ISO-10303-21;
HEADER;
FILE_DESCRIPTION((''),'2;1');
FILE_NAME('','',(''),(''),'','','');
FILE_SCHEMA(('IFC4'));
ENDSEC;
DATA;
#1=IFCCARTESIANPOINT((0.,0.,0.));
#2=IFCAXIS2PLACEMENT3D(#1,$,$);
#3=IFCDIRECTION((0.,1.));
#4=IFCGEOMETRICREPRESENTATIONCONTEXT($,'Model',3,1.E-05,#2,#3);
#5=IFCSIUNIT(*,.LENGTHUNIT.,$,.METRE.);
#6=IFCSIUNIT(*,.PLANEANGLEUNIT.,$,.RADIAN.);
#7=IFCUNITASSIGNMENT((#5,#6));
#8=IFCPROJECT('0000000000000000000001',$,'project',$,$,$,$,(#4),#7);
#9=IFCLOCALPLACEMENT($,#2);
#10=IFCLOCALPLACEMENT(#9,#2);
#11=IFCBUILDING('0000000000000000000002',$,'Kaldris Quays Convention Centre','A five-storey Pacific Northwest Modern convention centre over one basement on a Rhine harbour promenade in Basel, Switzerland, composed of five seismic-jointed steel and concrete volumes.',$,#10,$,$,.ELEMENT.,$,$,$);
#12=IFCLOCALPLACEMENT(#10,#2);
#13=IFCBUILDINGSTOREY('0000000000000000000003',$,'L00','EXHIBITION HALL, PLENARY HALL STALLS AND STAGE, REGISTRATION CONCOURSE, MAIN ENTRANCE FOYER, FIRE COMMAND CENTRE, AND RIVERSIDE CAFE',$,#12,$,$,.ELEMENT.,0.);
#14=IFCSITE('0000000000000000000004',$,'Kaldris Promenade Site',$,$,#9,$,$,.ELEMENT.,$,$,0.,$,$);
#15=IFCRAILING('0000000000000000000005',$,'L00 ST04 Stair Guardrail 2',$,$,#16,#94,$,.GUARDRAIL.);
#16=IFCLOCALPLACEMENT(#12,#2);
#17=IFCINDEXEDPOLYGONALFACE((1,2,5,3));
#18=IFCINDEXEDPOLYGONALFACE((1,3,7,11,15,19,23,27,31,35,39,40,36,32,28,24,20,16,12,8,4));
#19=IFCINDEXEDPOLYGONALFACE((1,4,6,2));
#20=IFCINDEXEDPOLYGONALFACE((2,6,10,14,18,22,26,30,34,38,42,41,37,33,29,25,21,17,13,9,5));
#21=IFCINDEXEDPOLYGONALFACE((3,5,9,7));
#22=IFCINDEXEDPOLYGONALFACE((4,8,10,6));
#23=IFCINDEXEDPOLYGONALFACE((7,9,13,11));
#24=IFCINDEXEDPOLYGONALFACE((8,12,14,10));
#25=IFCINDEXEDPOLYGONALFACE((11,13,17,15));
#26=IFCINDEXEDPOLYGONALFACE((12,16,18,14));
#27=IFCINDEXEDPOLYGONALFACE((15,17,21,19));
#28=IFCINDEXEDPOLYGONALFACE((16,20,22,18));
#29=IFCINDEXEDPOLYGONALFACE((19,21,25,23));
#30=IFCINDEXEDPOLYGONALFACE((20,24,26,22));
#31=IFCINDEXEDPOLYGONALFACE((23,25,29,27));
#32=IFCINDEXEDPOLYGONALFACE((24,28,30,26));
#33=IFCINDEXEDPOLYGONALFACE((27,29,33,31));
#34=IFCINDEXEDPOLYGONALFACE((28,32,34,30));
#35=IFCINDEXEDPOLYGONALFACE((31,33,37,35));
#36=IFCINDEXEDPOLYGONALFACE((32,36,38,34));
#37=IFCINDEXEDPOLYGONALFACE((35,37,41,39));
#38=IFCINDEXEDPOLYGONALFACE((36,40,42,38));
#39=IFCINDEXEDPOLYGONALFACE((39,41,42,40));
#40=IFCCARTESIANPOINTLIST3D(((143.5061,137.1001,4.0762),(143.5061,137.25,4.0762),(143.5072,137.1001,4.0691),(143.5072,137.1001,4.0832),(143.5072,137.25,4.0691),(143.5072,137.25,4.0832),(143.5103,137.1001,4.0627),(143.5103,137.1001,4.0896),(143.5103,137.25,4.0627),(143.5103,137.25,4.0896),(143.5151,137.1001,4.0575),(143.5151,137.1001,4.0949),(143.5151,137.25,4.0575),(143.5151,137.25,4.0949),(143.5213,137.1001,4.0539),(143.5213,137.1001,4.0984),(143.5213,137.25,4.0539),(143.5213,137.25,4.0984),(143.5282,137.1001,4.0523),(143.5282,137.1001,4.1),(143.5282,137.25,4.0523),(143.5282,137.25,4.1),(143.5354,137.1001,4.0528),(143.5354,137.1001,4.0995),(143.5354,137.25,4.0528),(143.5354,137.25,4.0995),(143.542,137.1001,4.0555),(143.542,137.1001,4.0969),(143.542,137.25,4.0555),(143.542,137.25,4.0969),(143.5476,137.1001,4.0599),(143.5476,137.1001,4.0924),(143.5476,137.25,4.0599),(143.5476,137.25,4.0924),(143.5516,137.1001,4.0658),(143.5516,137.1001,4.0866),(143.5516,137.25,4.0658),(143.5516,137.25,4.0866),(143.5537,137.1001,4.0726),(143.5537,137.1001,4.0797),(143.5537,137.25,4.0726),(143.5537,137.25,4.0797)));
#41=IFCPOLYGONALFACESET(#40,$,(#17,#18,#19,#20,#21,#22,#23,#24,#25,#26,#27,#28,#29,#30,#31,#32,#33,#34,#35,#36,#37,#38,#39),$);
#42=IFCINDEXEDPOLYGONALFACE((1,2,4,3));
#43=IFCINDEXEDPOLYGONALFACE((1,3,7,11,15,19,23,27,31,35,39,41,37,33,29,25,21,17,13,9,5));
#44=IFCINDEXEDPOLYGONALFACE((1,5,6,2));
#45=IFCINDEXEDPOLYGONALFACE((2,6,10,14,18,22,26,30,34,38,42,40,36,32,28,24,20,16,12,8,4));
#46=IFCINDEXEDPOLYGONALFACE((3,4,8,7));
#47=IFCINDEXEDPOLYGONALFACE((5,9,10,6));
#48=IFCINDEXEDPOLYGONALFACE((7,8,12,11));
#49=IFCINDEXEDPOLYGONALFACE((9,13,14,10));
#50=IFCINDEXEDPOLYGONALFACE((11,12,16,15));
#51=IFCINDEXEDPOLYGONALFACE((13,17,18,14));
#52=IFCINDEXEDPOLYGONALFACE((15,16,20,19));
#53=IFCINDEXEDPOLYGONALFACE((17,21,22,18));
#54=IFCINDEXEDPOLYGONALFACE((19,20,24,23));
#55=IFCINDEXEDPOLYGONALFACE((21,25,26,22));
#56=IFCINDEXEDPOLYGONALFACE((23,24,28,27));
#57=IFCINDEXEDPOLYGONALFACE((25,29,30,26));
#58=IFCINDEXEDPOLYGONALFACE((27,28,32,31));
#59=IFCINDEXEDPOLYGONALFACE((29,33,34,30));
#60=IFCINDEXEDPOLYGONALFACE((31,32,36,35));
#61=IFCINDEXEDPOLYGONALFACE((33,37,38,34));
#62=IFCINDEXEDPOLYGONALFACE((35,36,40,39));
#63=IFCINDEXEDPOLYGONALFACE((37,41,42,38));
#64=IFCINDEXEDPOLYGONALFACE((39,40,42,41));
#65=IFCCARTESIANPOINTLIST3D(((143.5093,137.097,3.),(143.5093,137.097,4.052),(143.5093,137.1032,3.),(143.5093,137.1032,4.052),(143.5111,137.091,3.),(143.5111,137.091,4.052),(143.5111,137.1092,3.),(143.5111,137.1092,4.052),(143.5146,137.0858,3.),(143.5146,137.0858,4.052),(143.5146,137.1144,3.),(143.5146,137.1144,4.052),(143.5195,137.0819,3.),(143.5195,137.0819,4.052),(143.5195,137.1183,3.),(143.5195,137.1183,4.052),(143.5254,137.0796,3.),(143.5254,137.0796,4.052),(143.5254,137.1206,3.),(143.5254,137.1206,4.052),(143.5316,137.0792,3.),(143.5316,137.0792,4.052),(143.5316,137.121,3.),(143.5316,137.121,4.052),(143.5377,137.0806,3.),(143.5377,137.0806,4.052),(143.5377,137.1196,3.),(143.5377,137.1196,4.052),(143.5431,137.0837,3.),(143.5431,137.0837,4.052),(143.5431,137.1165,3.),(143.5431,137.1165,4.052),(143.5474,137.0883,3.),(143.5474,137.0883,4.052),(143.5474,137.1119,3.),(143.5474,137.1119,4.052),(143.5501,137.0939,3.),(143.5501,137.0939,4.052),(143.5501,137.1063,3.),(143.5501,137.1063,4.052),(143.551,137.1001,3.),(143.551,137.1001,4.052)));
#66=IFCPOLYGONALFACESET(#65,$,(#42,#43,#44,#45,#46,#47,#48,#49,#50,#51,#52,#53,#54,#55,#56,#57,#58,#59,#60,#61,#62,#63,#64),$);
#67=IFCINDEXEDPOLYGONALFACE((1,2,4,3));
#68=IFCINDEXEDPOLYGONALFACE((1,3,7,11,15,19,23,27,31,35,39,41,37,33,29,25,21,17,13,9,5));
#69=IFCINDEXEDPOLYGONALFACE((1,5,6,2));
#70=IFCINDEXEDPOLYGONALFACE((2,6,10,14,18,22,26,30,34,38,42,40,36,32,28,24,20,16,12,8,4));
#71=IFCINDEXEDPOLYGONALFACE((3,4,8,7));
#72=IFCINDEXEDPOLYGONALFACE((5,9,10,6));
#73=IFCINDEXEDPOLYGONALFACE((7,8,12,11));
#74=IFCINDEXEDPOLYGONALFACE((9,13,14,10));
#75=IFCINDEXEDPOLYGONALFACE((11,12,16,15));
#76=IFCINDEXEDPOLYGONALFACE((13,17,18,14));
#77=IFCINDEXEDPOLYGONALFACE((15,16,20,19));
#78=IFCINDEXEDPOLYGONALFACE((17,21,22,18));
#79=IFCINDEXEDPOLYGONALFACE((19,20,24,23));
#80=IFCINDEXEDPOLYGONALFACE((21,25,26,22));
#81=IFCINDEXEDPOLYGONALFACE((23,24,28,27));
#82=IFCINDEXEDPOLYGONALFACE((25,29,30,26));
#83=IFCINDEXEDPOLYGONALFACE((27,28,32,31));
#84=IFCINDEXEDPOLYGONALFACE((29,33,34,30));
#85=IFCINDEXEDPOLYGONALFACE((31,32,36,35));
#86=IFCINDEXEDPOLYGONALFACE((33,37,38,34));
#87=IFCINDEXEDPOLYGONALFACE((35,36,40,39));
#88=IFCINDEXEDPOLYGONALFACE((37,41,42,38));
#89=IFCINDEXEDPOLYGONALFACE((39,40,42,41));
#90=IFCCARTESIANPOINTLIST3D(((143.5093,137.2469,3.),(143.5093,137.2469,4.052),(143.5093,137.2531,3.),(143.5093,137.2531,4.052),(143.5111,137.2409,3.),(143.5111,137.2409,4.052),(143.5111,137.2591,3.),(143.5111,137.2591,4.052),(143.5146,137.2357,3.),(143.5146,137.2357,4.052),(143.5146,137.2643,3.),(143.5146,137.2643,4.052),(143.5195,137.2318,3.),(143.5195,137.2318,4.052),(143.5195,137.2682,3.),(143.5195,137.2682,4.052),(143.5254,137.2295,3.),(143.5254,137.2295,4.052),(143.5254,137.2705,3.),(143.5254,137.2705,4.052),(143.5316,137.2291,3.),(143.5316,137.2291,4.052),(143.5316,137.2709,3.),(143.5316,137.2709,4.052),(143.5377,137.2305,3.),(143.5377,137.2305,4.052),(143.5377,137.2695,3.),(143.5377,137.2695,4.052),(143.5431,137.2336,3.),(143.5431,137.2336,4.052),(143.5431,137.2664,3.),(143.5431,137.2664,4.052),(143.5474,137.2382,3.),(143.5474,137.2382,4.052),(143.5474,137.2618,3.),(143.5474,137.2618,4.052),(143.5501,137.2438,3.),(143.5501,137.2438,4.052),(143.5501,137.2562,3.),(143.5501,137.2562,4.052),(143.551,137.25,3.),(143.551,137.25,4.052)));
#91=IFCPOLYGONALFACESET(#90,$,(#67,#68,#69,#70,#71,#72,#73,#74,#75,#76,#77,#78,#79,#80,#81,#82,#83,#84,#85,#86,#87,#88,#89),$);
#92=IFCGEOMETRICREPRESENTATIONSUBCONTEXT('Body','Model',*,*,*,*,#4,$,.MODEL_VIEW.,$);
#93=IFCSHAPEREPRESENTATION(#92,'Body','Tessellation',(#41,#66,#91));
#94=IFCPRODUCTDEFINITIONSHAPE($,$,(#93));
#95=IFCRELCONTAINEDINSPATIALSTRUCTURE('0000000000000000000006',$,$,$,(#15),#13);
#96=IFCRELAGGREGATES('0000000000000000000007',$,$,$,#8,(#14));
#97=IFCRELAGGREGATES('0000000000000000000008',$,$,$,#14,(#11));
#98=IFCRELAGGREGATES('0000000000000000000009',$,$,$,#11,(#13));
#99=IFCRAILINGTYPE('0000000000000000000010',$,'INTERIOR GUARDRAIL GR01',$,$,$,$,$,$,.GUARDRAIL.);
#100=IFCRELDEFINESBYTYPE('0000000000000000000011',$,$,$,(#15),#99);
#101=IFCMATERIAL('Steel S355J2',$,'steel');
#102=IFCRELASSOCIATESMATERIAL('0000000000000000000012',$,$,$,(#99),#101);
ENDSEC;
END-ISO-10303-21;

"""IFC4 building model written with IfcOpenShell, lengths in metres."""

from ifc_helpers import new_model, si_unit, direction, frame, origin, origin_2d, place, context, subcontext, project, spatial, circle, extrude, material, type_object, element, save


model = new_model("IFC4")

# Units and contexts
model_context = context("Model", 3, precision=1e-05, world=origin(), true_north=direction((0.0, 1.0)))
body_context = subcontext(model_context, "Body", "Model", "MODEL_VIEW")
ifc_project = project(units=[si_unit("LENGTHUNIT", "METRE"), si_unit("PLANEANGLEUNIT", "RADIAN")], contexts=[model_context])

# Site, building, storey
site_placement = place(None, origin())
site = spatial("IfcSite", under=ifc_project, at=site_placement, Name="Kaldris Promenade Site", CompositionType="ELEMENT", RefElevation=0.0)
building_placement = place(site_placement, origin())
building = spatial("IfcBuilding", under=site, at=building_placement, Name="Kaldris Quays Convention Centre", Description="A five-storey Pacific Northwest Modern convention centre over one basement on a Rhine harbour promenade in Basel, Switzerland, composed of five seismic-jointed steel and concrete volumes.", CompositionType="ELEMENT")
storey_placement = place(building_placement, origin())
storey = spatial("IfcBuildingStorey", under=building, at=storey_placement, Name="L00", Description="EXHIBITION HALL, PLENARY HALL STALLS AND STAGE, REGISTRATION CONCOURSE, MAIN ENTRANCE FOYER, FIRE COMMAND CENTRE, AND RIVERSIDE CAFE", CompositionType="ELEMENT", Elevation=0.0)

# Shared definitions
ifc_material_1 = material(Name="Steel S355J2", Category="steel")

# Railing
railing_type_1 = type_object("IfcRailingType", Name="INTERIOR GUARDRAIL GR01", PredefinedType="GUARDRAIL", material=ifc_material_1)
railing_1_placement = place(storey_placement, frame((143.53, 137.1001, 3.0)))
element("IfcRailing", 1, at=railing_1_placement, inside=storey, type_object=railing_type_1, Name="L00 ST04 Stair Guardrail 2", PredefinedType="GUARDRAIL", context=body_context, shape_type="SweptSolid", body=[
    extrude(circle(Radius=0.0239, at=origin_2d()), frame((0.0, 0.0, 1.0762), z_axis=(0.0, 1.0, 0.0), x_axis=(-1.0, 0.0, 0.0)), (0.0, 0.0, 1.0), 0.1499),
    extrude(circle(Radius=0.021, at=origin_2d()), origin(), (0.0, 0.0, 1.0), 1.052),
    extrude(circle(Radius=0.021, at=origin_2d()), frame((0.0, 0.1499, 0.0)), (0.0, 0.0, 1.0), 1.052),
])

save(model, "model.ifc")
